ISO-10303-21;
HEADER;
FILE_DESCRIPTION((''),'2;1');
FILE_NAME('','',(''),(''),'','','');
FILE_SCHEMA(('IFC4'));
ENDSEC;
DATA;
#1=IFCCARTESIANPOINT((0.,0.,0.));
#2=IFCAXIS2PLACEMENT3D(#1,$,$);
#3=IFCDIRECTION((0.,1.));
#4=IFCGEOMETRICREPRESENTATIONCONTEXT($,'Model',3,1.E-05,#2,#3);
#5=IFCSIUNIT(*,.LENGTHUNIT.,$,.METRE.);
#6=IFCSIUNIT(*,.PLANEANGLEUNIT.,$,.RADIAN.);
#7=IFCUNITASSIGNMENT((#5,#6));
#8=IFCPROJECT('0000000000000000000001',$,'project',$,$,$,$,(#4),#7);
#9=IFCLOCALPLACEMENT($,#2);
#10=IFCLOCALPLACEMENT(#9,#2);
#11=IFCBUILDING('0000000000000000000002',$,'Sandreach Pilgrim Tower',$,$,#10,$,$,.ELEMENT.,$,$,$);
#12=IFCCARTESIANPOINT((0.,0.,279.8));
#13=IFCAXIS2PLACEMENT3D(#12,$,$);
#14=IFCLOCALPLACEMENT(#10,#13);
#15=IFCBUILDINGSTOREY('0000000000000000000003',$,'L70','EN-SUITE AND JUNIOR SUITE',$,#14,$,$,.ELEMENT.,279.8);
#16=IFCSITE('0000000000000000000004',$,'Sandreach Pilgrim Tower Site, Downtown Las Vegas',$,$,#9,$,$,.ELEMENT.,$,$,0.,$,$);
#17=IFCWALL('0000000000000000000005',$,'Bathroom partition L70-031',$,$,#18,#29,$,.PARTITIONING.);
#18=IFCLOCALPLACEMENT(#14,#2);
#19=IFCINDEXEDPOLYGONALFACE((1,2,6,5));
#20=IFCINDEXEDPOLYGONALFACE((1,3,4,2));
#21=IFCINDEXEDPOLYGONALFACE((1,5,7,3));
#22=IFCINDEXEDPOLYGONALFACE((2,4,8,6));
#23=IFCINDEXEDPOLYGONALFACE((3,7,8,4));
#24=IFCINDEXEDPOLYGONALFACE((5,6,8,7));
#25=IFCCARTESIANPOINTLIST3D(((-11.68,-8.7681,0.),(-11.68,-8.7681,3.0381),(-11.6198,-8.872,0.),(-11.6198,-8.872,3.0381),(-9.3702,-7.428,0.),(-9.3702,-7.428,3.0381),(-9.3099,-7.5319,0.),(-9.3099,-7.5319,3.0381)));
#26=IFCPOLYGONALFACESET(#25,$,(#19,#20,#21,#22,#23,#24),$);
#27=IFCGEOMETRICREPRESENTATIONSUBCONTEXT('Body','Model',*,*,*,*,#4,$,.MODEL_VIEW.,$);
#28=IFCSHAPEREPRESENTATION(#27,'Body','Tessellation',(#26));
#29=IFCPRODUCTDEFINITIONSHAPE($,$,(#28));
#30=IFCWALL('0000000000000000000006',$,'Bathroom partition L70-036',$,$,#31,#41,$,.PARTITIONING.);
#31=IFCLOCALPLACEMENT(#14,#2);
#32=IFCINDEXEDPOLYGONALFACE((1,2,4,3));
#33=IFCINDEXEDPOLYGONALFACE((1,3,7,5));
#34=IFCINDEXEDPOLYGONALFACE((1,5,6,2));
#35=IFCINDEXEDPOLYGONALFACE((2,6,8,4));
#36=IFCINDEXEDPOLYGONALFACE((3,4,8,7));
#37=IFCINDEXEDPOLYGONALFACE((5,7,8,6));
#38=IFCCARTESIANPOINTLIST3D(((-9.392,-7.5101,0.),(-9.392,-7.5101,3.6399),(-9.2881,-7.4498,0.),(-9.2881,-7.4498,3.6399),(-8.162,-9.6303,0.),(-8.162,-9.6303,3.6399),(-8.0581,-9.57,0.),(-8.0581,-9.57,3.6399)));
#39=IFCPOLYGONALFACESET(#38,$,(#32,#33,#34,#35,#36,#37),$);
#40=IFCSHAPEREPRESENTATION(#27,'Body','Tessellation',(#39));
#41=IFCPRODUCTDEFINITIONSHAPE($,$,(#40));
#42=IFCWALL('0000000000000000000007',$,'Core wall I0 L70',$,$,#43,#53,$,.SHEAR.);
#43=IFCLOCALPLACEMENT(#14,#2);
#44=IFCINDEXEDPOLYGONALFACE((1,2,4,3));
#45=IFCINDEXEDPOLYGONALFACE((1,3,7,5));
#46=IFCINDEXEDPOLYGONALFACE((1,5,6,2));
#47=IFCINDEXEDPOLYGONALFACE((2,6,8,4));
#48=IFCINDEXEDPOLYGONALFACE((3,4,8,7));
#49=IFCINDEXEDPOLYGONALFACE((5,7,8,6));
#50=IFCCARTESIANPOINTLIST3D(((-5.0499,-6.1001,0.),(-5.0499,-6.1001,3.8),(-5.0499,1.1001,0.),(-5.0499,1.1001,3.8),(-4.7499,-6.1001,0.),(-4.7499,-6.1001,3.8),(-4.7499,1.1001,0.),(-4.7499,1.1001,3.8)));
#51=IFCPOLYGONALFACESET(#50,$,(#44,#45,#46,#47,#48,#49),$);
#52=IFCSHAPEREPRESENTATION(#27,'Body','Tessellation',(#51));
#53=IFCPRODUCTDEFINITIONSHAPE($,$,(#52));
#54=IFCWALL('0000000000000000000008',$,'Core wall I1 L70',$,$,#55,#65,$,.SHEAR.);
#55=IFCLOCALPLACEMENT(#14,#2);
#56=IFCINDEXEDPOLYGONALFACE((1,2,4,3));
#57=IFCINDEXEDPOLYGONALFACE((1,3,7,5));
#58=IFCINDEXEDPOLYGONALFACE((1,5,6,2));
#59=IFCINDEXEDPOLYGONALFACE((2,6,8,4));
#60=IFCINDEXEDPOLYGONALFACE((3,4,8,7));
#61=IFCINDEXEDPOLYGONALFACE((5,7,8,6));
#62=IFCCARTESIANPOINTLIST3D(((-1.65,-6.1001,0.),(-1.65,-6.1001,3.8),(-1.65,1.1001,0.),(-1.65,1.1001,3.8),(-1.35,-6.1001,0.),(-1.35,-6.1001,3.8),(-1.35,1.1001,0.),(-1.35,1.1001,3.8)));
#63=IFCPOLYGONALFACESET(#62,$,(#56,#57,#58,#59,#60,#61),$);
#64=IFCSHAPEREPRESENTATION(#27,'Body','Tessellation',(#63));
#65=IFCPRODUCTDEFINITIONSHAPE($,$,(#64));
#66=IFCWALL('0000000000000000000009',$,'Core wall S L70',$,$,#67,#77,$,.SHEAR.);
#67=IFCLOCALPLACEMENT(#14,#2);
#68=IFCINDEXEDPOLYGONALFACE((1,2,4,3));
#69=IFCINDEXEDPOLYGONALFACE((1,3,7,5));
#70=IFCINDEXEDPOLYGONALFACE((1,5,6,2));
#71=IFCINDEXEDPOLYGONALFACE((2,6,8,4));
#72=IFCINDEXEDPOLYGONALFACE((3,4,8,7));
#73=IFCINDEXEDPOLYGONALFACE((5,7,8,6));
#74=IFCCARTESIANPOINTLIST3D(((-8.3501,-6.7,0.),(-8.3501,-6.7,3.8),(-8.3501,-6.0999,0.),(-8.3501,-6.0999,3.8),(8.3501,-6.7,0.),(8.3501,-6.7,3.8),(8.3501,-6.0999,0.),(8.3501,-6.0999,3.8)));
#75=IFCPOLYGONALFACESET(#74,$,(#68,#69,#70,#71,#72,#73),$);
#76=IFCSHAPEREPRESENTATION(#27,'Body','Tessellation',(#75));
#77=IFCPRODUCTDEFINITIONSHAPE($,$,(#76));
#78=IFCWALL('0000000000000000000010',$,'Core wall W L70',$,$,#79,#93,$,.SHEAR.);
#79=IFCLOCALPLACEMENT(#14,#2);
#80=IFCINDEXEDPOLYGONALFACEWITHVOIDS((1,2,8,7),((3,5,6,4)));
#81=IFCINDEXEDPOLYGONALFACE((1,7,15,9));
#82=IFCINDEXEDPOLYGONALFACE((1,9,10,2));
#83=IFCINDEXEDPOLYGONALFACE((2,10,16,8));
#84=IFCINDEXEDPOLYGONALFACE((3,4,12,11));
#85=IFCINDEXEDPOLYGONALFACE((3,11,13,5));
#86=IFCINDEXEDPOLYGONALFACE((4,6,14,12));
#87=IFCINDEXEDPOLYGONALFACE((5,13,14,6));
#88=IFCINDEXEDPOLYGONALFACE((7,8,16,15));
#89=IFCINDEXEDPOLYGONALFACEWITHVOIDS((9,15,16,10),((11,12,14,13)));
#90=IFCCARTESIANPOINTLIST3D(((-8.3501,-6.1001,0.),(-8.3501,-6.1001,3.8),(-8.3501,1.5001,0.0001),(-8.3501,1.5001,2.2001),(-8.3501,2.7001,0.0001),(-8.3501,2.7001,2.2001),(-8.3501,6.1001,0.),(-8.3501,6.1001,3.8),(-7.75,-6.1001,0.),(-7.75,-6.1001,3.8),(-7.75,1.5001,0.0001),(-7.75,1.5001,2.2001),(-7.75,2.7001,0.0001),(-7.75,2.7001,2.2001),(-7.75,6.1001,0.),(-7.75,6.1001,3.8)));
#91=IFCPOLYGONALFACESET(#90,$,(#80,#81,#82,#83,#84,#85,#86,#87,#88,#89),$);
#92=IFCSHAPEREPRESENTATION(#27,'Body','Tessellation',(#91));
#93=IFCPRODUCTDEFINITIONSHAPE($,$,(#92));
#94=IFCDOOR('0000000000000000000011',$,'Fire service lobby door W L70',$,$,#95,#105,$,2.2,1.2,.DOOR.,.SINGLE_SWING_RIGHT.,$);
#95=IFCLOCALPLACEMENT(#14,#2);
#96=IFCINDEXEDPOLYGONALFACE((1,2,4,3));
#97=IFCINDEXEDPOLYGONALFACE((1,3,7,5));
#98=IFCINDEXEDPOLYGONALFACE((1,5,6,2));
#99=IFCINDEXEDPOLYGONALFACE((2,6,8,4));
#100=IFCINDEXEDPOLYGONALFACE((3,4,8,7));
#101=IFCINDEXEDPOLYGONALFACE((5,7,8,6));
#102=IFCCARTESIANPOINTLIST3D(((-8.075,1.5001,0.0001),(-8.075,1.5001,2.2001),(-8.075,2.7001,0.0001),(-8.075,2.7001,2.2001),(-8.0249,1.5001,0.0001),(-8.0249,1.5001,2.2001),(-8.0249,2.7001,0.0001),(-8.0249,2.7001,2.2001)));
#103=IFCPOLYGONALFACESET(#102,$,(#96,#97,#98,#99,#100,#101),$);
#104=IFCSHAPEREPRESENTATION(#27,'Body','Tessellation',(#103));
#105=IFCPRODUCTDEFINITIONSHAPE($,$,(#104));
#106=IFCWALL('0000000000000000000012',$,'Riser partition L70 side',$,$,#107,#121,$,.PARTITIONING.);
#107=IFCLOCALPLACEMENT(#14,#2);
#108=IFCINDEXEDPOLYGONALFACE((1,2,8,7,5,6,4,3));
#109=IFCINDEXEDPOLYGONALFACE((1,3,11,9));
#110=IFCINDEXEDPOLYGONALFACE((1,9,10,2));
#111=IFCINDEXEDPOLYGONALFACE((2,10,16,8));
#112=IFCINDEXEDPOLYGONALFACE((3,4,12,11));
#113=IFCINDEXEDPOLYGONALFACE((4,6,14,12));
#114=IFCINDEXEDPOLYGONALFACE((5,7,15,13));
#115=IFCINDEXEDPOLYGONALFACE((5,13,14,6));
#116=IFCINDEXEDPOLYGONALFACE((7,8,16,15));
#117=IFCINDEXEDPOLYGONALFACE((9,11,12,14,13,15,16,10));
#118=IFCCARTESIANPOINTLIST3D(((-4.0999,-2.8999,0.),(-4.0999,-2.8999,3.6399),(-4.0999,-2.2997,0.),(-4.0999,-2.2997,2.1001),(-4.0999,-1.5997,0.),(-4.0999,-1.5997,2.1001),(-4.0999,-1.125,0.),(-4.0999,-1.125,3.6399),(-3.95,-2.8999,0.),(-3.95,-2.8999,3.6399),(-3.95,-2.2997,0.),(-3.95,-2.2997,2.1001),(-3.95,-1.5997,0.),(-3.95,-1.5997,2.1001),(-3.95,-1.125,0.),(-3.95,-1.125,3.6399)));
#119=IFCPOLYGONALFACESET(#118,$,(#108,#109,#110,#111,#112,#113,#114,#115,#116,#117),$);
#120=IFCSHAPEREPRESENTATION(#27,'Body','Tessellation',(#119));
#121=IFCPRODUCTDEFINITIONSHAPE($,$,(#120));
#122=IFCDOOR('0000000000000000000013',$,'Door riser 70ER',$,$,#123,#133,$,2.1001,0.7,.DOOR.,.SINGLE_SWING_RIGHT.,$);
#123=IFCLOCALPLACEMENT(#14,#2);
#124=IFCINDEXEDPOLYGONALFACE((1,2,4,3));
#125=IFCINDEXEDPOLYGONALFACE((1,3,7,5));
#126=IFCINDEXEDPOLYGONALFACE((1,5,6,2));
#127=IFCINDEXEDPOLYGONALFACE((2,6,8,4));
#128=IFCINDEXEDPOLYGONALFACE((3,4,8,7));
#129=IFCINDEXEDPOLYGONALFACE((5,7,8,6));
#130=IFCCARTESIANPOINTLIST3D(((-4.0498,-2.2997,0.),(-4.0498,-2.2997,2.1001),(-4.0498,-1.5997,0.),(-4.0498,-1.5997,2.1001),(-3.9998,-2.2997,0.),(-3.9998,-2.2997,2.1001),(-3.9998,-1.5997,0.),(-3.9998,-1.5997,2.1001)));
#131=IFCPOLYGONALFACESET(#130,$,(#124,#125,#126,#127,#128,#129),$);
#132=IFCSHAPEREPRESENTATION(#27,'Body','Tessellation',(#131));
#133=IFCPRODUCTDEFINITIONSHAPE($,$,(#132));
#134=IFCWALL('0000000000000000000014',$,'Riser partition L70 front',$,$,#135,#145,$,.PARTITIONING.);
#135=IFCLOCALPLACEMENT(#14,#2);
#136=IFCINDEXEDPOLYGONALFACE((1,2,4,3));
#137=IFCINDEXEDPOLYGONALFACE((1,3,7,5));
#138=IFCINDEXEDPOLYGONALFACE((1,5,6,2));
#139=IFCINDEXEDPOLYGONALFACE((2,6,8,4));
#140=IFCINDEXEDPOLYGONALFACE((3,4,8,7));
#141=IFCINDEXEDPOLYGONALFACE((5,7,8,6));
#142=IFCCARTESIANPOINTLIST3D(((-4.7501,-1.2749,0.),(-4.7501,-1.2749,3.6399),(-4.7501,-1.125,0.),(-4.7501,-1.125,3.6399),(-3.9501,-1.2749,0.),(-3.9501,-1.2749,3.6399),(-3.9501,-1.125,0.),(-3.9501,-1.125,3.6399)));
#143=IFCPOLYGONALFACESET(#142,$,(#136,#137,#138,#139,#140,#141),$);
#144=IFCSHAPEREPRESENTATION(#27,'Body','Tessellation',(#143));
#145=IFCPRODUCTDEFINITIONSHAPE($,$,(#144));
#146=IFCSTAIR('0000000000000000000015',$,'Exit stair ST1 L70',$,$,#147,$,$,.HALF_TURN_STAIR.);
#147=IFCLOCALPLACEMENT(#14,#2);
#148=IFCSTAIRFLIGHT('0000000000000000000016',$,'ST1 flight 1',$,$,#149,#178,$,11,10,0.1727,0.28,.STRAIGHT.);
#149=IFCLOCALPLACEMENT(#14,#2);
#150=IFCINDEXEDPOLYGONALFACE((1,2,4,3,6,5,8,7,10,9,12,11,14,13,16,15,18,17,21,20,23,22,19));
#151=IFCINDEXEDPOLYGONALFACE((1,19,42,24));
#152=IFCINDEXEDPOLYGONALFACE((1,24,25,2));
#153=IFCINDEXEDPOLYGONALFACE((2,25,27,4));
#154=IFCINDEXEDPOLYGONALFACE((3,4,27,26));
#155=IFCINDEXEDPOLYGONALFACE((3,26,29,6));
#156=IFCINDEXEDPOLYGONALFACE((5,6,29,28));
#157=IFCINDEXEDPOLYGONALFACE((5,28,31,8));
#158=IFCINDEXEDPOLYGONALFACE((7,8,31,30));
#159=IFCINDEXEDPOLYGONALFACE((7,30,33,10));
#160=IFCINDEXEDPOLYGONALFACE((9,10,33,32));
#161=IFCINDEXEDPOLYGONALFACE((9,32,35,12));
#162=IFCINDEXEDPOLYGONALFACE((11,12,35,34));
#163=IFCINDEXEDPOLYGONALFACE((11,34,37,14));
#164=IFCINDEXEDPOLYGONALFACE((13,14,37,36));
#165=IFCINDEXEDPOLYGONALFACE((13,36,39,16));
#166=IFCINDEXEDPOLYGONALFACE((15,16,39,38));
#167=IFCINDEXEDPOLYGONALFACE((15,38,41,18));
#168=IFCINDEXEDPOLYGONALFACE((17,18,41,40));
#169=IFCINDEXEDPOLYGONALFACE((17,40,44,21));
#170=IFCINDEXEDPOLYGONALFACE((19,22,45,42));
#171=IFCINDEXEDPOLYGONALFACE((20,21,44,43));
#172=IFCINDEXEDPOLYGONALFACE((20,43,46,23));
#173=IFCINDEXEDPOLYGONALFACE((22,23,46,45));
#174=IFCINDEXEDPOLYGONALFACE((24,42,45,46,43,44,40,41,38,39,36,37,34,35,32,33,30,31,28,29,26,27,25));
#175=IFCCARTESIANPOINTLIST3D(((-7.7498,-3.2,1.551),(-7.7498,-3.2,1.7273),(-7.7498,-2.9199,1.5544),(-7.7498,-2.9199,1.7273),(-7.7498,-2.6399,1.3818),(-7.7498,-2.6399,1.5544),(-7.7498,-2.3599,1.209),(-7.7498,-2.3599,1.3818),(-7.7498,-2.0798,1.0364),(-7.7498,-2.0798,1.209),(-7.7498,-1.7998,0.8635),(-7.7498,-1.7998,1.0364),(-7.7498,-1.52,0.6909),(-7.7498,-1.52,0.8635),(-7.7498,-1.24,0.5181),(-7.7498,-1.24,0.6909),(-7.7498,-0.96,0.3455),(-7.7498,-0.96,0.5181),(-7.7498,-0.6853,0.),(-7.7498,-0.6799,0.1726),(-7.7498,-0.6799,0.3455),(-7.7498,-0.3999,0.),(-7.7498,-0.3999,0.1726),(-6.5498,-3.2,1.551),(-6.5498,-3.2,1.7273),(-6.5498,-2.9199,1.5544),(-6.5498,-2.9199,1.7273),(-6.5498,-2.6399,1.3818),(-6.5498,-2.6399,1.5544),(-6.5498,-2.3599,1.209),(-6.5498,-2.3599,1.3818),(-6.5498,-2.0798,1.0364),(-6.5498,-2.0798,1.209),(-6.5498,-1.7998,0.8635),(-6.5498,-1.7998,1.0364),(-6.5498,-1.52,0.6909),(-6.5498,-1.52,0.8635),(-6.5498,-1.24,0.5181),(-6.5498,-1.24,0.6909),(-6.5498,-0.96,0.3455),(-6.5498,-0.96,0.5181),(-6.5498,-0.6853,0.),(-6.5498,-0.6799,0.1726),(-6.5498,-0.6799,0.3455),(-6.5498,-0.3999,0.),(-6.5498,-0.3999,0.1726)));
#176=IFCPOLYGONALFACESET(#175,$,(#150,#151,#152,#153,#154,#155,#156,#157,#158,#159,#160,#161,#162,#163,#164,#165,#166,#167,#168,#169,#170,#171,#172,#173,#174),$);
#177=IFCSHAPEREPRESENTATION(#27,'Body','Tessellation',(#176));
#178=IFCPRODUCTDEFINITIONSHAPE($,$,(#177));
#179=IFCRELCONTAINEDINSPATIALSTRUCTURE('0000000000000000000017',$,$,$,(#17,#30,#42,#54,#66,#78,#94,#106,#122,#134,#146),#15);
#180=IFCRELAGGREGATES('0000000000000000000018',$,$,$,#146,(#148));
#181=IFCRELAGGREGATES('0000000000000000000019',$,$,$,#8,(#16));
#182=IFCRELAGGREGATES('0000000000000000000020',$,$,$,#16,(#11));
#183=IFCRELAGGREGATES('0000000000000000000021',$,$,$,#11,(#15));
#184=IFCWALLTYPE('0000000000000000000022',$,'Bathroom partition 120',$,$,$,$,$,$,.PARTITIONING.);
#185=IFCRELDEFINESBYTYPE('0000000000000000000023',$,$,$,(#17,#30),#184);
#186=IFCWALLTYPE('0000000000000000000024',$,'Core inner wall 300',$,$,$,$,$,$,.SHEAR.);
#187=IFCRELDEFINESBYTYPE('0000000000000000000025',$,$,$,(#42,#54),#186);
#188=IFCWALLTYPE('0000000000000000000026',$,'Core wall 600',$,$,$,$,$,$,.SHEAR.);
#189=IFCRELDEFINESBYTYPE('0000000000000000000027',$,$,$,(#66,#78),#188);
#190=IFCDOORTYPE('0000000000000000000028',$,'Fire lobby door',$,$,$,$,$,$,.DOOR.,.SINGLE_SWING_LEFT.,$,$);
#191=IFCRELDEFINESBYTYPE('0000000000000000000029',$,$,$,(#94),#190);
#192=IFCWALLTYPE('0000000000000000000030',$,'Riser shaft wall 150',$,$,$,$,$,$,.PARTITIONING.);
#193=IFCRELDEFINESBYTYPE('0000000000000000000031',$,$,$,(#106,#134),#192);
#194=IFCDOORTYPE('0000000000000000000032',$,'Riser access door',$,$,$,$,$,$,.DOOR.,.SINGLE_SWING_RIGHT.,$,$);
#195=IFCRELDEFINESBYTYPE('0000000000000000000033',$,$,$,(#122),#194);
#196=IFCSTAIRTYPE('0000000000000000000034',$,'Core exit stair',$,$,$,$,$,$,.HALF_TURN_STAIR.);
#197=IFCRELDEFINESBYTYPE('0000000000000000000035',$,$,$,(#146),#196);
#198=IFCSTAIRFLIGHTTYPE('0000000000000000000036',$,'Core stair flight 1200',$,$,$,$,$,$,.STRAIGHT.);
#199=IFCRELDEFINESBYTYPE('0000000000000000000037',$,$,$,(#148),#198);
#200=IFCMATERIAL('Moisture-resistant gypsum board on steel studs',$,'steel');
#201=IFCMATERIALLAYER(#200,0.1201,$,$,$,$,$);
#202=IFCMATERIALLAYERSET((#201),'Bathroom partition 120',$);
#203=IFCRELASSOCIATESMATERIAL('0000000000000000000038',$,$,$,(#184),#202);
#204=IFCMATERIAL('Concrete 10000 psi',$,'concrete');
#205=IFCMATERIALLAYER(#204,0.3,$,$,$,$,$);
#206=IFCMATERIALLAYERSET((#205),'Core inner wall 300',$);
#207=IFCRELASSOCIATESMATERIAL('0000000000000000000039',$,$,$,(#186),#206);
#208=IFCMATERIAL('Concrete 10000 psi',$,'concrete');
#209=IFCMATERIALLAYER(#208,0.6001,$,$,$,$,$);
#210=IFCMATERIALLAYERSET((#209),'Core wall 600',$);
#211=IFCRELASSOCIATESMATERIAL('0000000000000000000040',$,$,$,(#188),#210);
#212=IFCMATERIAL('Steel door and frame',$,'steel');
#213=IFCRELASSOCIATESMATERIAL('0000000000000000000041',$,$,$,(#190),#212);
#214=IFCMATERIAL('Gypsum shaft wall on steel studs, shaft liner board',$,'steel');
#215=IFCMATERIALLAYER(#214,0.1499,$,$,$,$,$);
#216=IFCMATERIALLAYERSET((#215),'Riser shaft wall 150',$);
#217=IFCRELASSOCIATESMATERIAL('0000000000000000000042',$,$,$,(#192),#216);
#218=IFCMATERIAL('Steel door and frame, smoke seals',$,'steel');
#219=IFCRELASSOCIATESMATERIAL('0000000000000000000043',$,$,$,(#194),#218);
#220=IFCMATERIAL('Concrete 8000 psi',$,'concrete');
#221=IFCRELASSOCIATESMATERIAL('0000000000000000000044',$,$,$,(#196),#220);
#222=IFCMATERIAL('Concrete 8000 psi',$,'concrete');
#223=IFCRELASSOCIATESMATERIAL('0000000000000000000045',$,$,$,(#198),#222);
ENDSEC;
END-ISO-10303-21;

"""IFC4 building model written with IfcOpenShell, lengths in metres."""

from ifc_helpers import new_model, si_unit, direction, frame, frame_2d, origin, place, context, subcontext, project, spatial, polyline, rectangle, outline, extrude, material, layer, layer_set, type_object, element, fill, aggregate, save


model = new_model("IFC4")

# Units and contexts
model_context = context("Model", 3, precision=1e-05, world=origin(), true_north=direction((0.0, 1.0)))
body_context = subcontext(model_context, "Body", "Model", "MODEL_VIEW")
ifc_project = project(units=[si_unit("LENGTHUNIT", "METRE"), si_unit("PLANEANGLEUNIT", "RADIAN")], contexts=[model_context])

# Site, building, storey
site_placement = place(None, origin())
site = spatial("IfcSite", under=ifc_project, at=site_placement, Name="Sandreach Pilgrim Tower Site, Downtown Las Vegas", CompositionType="ELEMENT", RefElevation=0.0)
building_placement = place(site_placement, origin())
building = spatial("IfcBuilding", under=site, at=building_placement, Name="Sandreach Pilgrim Tower", CompositionType="ELEMENT")
storey_placement = place(building_placement, frame((0.0, 0.0, 279.8)))
storey = spatial("IfcBuildingStorey", under=building, at=storey_placement, Name="L70", Description="EN-SUITE AND JUNIOR SUITE", CompositionType="ELEMENT", Elevation=279.8)

# Walls
ifc_material_1 = material(Name="Moisture-resistant gypsum board on steel studs", Category="steel")
ifc_layer_1 = layer(ifc_material_1, 0.1201)
ifc_layer_set_1 = layer_set([ifc_layer_1], Name="Bathroom partition 120")
wall_type_1 = type_object("IfcWallType", Name="Bathroom partition 120", PredefinedType="PARTITIONING", material=ifc_layer_set_1)
wall_1_placement = place(storey_placement, frame((-11.6499, -8.8201, 0.0), z_axis=(0.0, 0.0, 1.0), x_axis=(0.864967, 0.501829, 0.0)))
element("IfcWall", 1, at=wall_1_placement, inside=storey, type_object=wall_type_1, Name="Bathroom partition L70-031", PredefinedType="PARTITIONING", context=body_context, shape_type="SweptSolid", body=[
    extrude(rectangle(XDim=2.6704, YDim=0.1201, at=frame_2d((1.3352, 0.0))), origin(), (0.0, 0.0, 1.0), 3.0381),
])
wall_2_placement = place(storey_placement, frame((-9.3401, -7.48, 0.0), z_axis=(0.0, 0.0, 1.0), x_axis=(0.501813, -0.864976, 0.0)))
element("IfcWall", 2, at=wall_2_placement, inside=storey, type_object=wall_type_1, Name="Bathroom partition L70-036", PredefinedType="PARTITIONING", context=body_context, shape_type="SweptSolid", body=[
    extrude(rectangle(XDim=2.4512, YDim=0.1201, at=frame_2d((1.2256, 0.0))), origin(), (0.0, 0.0, 1.0), 3.6399),
])
ifc_material_2 = material(Name="Concrete 10000 psi", Category="concrete")
ifc_layer_2 = layer(ifc_material_2, 0.3)
ifc_layer_set_2 = layer_set([ifc_layer_2], Name="Core inner wall 300")
wall_type_2 = type_object("IfcWallType", Name="Core inner wall 300", PredefinedType="SHEAR", material=ifc_layer_set_2)
for number, where, z_axis, x_axis, name in (
    (3, (-4.8999, -6.1001, 0.0), (0.0, 0.0, 1.0), (0.0, 1.0, 0.0), "Core wall I0 L70"),
    (4, (-1.5, -6.1001, 0.0), (0.0, 0.0, 1.0), (0.0, 1.0, 0.0), "Core wall I1 L70"),
):
    element("IfcWall", number, at=place(storey_placement, frame(where, z_axis=z_axis, x_axis=x_axis)), inside=storey, type_object=wall_type_2, Name=name, PredefinedType="SHEAR", context=body_context, shape_type="SweptSolid", body=[
        extrude(rectangle(XDim=7.2002, YDim=0.3, at=frame_2d((3.6001, 0.0))), origin(), (0.0, 0.0, 1.0), 3.8),
    ])

# Wall
ifc_material_3 = material(Name="Concrete 10000 psi", Category="concrete")
ifc_layer_3 = layer(ifc_material_3, 0.6001)
ifc_layer_set_3 = layer_set([ifc_layer_3], Name="Core wall 600")
wall_type_3 = type_object("IfcWallType", Name="Core wall 600", PredefinedType="SHEAR", material=ifc_layer_set_3)
wall_3_placement = place(storey_placement, frame((-8.3501, -6.3999, 0.0), z_axis=(0.0, 0.0, 1.0), x_axis=(1.0, 0.0, 0.0)))
element("IfcWall", 5, at=wall_3_placement, inside=storey, type_object=wall_type_3, Name="Core wall S L70", PredefinedType="SHEAR", context=body_context, shape_type="SweptSolid", body=[
    extrude(rectangle(XDim=16.7002, YDim=0.6001, at=frame_2d((8.3501, 0.0))), origin(), (0.0, 0.0, 1.0), 3.8),
])

# Walls, openings, doors
wall_4_placement = place(storey_placement, frame((-8.05, -6.1001, 0.0), z_axis=(0.0, 0.0, 1.0), x_axis=(0.0, 1.0, 0.0)))
wall_4 = element("IfcWall", 6, at=wall_4_placement, inside=storey, type_object=wall_type_3, Name="Core wall W L70", PredefinedType="SHEAR", context=body_context, shape_type="SweptSolid", body=[
    extrude(rectangle(XDim=12.2002, YDim=0.6001, at=frame_2d((6.1001, 0.0))), origin(), (0.0, 0.0, 1.0), 3.8),
])
opening_1_placement = place(wall_4_placement, frame((7.6001, 0.0, 0.0)))
opening_1 = element("IfcOpeningElement", 7, at=opening_1_placement, cuts=wall_4, PredefinedType="OPENING", context=body_context, shape_type="SweptSolid", body=[
    extrude(rectangle(XDim=1.2, YDim=2.2, at=frame_2d((0.6001, 1.1001))), frame((0.0, 0.3, 0.0), z_axis=(0.0, -1.0, 0.0), x_axis=(1.0, 0.0, 0.0)), (0.0, 0.0, 1.0), 0.6001),
])
ifc_material_4 = material(Name="Steel door and frame", Category="steel")
door_type_1 = type_object("IfcDoorType", Name="Fire lobby door", OperationType="SINGLE_SWING_LEFT", PredefinedType="DOOR", material=ifc_material_4)
door_1_placement = place(opening_1_placement, origin())
door_1 = element("IfcDoor", 8, at=door_1_placement, inside=storey, type_object=door_type_1, Name="Fire service lobby door W L70", OperationType="SINGLE_SWING_RIGHT", OverallHeight=2.2, OverallWidth=1.2, PredefinedType="DOOR", context=body_context, shape_type="SweptSolid", body=[
    extrude(rectangle(XDim=1.2, YDim=2.2, at=frame_2d((0.6001, 1.1001))), frame((0.0, 0.0249, 0.0), z_axis=(0.0, -1.0, 0.0), x_axis=(1.0, 0.0, 0.0)), (0.0, 0.0, 1.0), 0.05),
])
fill(opening_1, door_1)
ifc_material_5 = material(Name="Gypsum shaft wall on steel studs, shaft liner board", Category="steel")
ifc_layer_4 = layer(ifc_material_5, 0.1499)
ifc_layer_set_4 = layer_set([ifc_layer_4], Name="Riser shaft wall 150")
wall_type_4 = type_object("IfcWallType", Name="Riser shaft wall 150", PredefinedType="PARTITIONING", material=ifc_layer_set_4)
wall_5_placement = place(storey_placement, frame((-4.0249, -2.8999, 0.0), z_axis=(0.0, 0.0, 1.0), x_axis=(0.0, 1.0, 0.0)))
wall_5 = element("IfcWall", 9, at=wall_5_placement, inside=storey, type_object=wall_type_4, Name="Riser partition L70 side", PredefinedType="PARTITIONING", context=body_context, shape_type="SweptSolid", body=[
    extrude(rectangle(XDim=1.7749, YDim=0.1499, at=frame_2d((0.8875, 0.0))), origin(), (0.0, 0.0, 1.0), 3.6399),
])
opening_2_placement = place(wall_5_placement, frame((0.6001, 0.0, 0.0)))
opening_2 = element("IfcOpeningElement", 10, at=opening_2_placement, cuts=wall_5, PredefinedType="OPENING", context=body_context, shape_type="SweptSolid", body=[
    extrude(rectangle(XDim=0.7, YDim=2.1001, at=frame_2d((0.3501, 1.05))), frame((0.0, 0.075, 0.0), z_axis=(0.0, -1.0, 0.0), x_axis=(1.0, 0.0, 0.0)), (0.0, 0.0, 1.0), 0.1499),
])
ifc_material_6 = material(Name="Steel door and frame, smoke seals", Category="steel")
door_type_2 = type_object("IfcDoorType", Name="Riser access door", OperationType="SINGLE_SWING_RIGHT", PredefinedType="DOOR", material=ifc_material_6)
door_2_placement = place(opening_2_placement, origin())
door_2 = element("IfcDoor", 11, at=door_2_placement, inside=storey, type_object=door_type_2, Name="Door riser 70ER", OperationType="SINGLE_SWING_RIGHT", OverallHeight=2.1001, OverallWidth=0.7, PredefinedType="DOOR", context=body_context, shape_type="SweptSolid", body=[
    extrude(rectangle(XDim=0.7, YDim=2.1001, at=frame_2d((0.3501, 1.05))), frame((0.0, 0.0249, 0.0), z_axis=(0.0, -1.0, 0.0), x_axis=(1.0, 0.0, 0.0)), (0.0, 0.0, 1.0), 0.05),
])
fill(opening_2, door_2)

# Wall
wall_6_placement = place(storey_placement, frame((-4.75, -1.2, 0.0), z_axis=(0.0, 0.0, 1.0), x_axis=(1.0, 0.0, 0.0)))
element("IfcWall", 12, at=wall_6_placement, inside=storey, type_object=wall_type_4, Name="Riser partition L70 front", PredefinedType="PARTITIONING", context=body_context, shape_type="SweptSolid", body=[
    extrude(rectangle(XDim=0.8, YDim=0.1499, at=frame_2d((0.3999, 0.0))), origin(), (0.0, 0.0, 1.0), 3.6399),
])

# Stair, stair flight
ifc_material_7 = material(Name="Concrete 8000 psi", Category="concrete")
stair_type = type_object("IfcStairType", Name="Core exit stair", PredefinedType="HALF_TURN_STAIR", material=ifc_material_7)
stair_1_placement = place(storey_placement, origin())
stair_1 = element("IfcStair", 13, at=stair_1_placement, inside=storey, type_object=stair_type, Name="Exit stair ST1 L70", PredefinedType="HALF_TURN_STAIR")
ifc_material_8 = material(Name="Concrete 8000 psi", Category="concrete")
stair_flight_type = type_object("IfcStairFlightType", Name="Core stair flight 1200", PredefinedType="STRAIGHT", material=ifc_material_8)
stair_flight_1_placement = place(storey_placement, frame((-7.1499, -0.3999, 0.0), z_axis=(0.0, 0.0, 1.0), x_axis=(0.0, -1.0, 0.0)))
stair_flight_1 = element("IfcStairFlight", 14, at=stair_flight_1_placement, type_object=stair_flight_type, Name="ST1 flight 1", NumberOfRisers=11, NumberOfTreads=10, PredefinedType="STRAIGHT", RiserHeight=0.1727, TreadLength=0.28, context=body_context, shape_type="SweptSolid", body=[
    extrude(outline(polyline([(0.0, 0.0), (0.0, 0.1726), (0.28, 0.1726), (0.28, 0.3455), (0.5601, 0.3455), (0.5601, 0.5181), (0.8401, 0.5181), (0.8401, 0.6909), (1.1201, 0.6909), (1.1201, 0.8635), (1.3999, 0.8635), (1.3999, 1.0364), (1.6799, 1.0364), (1.6799, 1.209), (1.96, 1.209), (1.96, 1.3818), (2.24, 1.3818), (2.24, 1.5544), (2.52, 1.5544), (2.52, 1.7273), (2.8, 1.7273), (2.8, 1.8999), (2.8, 1.551), (0.2854, 0.0), (0.0, 0.0)])), frame((0.0, 0.6001, 0.0), z_axis=(0.0, -1.0, 0.0), x_axis=(1.0, 0.0, 0.0)), (0.0, 0.0, 1.0), 1.2),
])
aggregate(stair_1, [stair_flight_1])

save(model, "model.ifc")
